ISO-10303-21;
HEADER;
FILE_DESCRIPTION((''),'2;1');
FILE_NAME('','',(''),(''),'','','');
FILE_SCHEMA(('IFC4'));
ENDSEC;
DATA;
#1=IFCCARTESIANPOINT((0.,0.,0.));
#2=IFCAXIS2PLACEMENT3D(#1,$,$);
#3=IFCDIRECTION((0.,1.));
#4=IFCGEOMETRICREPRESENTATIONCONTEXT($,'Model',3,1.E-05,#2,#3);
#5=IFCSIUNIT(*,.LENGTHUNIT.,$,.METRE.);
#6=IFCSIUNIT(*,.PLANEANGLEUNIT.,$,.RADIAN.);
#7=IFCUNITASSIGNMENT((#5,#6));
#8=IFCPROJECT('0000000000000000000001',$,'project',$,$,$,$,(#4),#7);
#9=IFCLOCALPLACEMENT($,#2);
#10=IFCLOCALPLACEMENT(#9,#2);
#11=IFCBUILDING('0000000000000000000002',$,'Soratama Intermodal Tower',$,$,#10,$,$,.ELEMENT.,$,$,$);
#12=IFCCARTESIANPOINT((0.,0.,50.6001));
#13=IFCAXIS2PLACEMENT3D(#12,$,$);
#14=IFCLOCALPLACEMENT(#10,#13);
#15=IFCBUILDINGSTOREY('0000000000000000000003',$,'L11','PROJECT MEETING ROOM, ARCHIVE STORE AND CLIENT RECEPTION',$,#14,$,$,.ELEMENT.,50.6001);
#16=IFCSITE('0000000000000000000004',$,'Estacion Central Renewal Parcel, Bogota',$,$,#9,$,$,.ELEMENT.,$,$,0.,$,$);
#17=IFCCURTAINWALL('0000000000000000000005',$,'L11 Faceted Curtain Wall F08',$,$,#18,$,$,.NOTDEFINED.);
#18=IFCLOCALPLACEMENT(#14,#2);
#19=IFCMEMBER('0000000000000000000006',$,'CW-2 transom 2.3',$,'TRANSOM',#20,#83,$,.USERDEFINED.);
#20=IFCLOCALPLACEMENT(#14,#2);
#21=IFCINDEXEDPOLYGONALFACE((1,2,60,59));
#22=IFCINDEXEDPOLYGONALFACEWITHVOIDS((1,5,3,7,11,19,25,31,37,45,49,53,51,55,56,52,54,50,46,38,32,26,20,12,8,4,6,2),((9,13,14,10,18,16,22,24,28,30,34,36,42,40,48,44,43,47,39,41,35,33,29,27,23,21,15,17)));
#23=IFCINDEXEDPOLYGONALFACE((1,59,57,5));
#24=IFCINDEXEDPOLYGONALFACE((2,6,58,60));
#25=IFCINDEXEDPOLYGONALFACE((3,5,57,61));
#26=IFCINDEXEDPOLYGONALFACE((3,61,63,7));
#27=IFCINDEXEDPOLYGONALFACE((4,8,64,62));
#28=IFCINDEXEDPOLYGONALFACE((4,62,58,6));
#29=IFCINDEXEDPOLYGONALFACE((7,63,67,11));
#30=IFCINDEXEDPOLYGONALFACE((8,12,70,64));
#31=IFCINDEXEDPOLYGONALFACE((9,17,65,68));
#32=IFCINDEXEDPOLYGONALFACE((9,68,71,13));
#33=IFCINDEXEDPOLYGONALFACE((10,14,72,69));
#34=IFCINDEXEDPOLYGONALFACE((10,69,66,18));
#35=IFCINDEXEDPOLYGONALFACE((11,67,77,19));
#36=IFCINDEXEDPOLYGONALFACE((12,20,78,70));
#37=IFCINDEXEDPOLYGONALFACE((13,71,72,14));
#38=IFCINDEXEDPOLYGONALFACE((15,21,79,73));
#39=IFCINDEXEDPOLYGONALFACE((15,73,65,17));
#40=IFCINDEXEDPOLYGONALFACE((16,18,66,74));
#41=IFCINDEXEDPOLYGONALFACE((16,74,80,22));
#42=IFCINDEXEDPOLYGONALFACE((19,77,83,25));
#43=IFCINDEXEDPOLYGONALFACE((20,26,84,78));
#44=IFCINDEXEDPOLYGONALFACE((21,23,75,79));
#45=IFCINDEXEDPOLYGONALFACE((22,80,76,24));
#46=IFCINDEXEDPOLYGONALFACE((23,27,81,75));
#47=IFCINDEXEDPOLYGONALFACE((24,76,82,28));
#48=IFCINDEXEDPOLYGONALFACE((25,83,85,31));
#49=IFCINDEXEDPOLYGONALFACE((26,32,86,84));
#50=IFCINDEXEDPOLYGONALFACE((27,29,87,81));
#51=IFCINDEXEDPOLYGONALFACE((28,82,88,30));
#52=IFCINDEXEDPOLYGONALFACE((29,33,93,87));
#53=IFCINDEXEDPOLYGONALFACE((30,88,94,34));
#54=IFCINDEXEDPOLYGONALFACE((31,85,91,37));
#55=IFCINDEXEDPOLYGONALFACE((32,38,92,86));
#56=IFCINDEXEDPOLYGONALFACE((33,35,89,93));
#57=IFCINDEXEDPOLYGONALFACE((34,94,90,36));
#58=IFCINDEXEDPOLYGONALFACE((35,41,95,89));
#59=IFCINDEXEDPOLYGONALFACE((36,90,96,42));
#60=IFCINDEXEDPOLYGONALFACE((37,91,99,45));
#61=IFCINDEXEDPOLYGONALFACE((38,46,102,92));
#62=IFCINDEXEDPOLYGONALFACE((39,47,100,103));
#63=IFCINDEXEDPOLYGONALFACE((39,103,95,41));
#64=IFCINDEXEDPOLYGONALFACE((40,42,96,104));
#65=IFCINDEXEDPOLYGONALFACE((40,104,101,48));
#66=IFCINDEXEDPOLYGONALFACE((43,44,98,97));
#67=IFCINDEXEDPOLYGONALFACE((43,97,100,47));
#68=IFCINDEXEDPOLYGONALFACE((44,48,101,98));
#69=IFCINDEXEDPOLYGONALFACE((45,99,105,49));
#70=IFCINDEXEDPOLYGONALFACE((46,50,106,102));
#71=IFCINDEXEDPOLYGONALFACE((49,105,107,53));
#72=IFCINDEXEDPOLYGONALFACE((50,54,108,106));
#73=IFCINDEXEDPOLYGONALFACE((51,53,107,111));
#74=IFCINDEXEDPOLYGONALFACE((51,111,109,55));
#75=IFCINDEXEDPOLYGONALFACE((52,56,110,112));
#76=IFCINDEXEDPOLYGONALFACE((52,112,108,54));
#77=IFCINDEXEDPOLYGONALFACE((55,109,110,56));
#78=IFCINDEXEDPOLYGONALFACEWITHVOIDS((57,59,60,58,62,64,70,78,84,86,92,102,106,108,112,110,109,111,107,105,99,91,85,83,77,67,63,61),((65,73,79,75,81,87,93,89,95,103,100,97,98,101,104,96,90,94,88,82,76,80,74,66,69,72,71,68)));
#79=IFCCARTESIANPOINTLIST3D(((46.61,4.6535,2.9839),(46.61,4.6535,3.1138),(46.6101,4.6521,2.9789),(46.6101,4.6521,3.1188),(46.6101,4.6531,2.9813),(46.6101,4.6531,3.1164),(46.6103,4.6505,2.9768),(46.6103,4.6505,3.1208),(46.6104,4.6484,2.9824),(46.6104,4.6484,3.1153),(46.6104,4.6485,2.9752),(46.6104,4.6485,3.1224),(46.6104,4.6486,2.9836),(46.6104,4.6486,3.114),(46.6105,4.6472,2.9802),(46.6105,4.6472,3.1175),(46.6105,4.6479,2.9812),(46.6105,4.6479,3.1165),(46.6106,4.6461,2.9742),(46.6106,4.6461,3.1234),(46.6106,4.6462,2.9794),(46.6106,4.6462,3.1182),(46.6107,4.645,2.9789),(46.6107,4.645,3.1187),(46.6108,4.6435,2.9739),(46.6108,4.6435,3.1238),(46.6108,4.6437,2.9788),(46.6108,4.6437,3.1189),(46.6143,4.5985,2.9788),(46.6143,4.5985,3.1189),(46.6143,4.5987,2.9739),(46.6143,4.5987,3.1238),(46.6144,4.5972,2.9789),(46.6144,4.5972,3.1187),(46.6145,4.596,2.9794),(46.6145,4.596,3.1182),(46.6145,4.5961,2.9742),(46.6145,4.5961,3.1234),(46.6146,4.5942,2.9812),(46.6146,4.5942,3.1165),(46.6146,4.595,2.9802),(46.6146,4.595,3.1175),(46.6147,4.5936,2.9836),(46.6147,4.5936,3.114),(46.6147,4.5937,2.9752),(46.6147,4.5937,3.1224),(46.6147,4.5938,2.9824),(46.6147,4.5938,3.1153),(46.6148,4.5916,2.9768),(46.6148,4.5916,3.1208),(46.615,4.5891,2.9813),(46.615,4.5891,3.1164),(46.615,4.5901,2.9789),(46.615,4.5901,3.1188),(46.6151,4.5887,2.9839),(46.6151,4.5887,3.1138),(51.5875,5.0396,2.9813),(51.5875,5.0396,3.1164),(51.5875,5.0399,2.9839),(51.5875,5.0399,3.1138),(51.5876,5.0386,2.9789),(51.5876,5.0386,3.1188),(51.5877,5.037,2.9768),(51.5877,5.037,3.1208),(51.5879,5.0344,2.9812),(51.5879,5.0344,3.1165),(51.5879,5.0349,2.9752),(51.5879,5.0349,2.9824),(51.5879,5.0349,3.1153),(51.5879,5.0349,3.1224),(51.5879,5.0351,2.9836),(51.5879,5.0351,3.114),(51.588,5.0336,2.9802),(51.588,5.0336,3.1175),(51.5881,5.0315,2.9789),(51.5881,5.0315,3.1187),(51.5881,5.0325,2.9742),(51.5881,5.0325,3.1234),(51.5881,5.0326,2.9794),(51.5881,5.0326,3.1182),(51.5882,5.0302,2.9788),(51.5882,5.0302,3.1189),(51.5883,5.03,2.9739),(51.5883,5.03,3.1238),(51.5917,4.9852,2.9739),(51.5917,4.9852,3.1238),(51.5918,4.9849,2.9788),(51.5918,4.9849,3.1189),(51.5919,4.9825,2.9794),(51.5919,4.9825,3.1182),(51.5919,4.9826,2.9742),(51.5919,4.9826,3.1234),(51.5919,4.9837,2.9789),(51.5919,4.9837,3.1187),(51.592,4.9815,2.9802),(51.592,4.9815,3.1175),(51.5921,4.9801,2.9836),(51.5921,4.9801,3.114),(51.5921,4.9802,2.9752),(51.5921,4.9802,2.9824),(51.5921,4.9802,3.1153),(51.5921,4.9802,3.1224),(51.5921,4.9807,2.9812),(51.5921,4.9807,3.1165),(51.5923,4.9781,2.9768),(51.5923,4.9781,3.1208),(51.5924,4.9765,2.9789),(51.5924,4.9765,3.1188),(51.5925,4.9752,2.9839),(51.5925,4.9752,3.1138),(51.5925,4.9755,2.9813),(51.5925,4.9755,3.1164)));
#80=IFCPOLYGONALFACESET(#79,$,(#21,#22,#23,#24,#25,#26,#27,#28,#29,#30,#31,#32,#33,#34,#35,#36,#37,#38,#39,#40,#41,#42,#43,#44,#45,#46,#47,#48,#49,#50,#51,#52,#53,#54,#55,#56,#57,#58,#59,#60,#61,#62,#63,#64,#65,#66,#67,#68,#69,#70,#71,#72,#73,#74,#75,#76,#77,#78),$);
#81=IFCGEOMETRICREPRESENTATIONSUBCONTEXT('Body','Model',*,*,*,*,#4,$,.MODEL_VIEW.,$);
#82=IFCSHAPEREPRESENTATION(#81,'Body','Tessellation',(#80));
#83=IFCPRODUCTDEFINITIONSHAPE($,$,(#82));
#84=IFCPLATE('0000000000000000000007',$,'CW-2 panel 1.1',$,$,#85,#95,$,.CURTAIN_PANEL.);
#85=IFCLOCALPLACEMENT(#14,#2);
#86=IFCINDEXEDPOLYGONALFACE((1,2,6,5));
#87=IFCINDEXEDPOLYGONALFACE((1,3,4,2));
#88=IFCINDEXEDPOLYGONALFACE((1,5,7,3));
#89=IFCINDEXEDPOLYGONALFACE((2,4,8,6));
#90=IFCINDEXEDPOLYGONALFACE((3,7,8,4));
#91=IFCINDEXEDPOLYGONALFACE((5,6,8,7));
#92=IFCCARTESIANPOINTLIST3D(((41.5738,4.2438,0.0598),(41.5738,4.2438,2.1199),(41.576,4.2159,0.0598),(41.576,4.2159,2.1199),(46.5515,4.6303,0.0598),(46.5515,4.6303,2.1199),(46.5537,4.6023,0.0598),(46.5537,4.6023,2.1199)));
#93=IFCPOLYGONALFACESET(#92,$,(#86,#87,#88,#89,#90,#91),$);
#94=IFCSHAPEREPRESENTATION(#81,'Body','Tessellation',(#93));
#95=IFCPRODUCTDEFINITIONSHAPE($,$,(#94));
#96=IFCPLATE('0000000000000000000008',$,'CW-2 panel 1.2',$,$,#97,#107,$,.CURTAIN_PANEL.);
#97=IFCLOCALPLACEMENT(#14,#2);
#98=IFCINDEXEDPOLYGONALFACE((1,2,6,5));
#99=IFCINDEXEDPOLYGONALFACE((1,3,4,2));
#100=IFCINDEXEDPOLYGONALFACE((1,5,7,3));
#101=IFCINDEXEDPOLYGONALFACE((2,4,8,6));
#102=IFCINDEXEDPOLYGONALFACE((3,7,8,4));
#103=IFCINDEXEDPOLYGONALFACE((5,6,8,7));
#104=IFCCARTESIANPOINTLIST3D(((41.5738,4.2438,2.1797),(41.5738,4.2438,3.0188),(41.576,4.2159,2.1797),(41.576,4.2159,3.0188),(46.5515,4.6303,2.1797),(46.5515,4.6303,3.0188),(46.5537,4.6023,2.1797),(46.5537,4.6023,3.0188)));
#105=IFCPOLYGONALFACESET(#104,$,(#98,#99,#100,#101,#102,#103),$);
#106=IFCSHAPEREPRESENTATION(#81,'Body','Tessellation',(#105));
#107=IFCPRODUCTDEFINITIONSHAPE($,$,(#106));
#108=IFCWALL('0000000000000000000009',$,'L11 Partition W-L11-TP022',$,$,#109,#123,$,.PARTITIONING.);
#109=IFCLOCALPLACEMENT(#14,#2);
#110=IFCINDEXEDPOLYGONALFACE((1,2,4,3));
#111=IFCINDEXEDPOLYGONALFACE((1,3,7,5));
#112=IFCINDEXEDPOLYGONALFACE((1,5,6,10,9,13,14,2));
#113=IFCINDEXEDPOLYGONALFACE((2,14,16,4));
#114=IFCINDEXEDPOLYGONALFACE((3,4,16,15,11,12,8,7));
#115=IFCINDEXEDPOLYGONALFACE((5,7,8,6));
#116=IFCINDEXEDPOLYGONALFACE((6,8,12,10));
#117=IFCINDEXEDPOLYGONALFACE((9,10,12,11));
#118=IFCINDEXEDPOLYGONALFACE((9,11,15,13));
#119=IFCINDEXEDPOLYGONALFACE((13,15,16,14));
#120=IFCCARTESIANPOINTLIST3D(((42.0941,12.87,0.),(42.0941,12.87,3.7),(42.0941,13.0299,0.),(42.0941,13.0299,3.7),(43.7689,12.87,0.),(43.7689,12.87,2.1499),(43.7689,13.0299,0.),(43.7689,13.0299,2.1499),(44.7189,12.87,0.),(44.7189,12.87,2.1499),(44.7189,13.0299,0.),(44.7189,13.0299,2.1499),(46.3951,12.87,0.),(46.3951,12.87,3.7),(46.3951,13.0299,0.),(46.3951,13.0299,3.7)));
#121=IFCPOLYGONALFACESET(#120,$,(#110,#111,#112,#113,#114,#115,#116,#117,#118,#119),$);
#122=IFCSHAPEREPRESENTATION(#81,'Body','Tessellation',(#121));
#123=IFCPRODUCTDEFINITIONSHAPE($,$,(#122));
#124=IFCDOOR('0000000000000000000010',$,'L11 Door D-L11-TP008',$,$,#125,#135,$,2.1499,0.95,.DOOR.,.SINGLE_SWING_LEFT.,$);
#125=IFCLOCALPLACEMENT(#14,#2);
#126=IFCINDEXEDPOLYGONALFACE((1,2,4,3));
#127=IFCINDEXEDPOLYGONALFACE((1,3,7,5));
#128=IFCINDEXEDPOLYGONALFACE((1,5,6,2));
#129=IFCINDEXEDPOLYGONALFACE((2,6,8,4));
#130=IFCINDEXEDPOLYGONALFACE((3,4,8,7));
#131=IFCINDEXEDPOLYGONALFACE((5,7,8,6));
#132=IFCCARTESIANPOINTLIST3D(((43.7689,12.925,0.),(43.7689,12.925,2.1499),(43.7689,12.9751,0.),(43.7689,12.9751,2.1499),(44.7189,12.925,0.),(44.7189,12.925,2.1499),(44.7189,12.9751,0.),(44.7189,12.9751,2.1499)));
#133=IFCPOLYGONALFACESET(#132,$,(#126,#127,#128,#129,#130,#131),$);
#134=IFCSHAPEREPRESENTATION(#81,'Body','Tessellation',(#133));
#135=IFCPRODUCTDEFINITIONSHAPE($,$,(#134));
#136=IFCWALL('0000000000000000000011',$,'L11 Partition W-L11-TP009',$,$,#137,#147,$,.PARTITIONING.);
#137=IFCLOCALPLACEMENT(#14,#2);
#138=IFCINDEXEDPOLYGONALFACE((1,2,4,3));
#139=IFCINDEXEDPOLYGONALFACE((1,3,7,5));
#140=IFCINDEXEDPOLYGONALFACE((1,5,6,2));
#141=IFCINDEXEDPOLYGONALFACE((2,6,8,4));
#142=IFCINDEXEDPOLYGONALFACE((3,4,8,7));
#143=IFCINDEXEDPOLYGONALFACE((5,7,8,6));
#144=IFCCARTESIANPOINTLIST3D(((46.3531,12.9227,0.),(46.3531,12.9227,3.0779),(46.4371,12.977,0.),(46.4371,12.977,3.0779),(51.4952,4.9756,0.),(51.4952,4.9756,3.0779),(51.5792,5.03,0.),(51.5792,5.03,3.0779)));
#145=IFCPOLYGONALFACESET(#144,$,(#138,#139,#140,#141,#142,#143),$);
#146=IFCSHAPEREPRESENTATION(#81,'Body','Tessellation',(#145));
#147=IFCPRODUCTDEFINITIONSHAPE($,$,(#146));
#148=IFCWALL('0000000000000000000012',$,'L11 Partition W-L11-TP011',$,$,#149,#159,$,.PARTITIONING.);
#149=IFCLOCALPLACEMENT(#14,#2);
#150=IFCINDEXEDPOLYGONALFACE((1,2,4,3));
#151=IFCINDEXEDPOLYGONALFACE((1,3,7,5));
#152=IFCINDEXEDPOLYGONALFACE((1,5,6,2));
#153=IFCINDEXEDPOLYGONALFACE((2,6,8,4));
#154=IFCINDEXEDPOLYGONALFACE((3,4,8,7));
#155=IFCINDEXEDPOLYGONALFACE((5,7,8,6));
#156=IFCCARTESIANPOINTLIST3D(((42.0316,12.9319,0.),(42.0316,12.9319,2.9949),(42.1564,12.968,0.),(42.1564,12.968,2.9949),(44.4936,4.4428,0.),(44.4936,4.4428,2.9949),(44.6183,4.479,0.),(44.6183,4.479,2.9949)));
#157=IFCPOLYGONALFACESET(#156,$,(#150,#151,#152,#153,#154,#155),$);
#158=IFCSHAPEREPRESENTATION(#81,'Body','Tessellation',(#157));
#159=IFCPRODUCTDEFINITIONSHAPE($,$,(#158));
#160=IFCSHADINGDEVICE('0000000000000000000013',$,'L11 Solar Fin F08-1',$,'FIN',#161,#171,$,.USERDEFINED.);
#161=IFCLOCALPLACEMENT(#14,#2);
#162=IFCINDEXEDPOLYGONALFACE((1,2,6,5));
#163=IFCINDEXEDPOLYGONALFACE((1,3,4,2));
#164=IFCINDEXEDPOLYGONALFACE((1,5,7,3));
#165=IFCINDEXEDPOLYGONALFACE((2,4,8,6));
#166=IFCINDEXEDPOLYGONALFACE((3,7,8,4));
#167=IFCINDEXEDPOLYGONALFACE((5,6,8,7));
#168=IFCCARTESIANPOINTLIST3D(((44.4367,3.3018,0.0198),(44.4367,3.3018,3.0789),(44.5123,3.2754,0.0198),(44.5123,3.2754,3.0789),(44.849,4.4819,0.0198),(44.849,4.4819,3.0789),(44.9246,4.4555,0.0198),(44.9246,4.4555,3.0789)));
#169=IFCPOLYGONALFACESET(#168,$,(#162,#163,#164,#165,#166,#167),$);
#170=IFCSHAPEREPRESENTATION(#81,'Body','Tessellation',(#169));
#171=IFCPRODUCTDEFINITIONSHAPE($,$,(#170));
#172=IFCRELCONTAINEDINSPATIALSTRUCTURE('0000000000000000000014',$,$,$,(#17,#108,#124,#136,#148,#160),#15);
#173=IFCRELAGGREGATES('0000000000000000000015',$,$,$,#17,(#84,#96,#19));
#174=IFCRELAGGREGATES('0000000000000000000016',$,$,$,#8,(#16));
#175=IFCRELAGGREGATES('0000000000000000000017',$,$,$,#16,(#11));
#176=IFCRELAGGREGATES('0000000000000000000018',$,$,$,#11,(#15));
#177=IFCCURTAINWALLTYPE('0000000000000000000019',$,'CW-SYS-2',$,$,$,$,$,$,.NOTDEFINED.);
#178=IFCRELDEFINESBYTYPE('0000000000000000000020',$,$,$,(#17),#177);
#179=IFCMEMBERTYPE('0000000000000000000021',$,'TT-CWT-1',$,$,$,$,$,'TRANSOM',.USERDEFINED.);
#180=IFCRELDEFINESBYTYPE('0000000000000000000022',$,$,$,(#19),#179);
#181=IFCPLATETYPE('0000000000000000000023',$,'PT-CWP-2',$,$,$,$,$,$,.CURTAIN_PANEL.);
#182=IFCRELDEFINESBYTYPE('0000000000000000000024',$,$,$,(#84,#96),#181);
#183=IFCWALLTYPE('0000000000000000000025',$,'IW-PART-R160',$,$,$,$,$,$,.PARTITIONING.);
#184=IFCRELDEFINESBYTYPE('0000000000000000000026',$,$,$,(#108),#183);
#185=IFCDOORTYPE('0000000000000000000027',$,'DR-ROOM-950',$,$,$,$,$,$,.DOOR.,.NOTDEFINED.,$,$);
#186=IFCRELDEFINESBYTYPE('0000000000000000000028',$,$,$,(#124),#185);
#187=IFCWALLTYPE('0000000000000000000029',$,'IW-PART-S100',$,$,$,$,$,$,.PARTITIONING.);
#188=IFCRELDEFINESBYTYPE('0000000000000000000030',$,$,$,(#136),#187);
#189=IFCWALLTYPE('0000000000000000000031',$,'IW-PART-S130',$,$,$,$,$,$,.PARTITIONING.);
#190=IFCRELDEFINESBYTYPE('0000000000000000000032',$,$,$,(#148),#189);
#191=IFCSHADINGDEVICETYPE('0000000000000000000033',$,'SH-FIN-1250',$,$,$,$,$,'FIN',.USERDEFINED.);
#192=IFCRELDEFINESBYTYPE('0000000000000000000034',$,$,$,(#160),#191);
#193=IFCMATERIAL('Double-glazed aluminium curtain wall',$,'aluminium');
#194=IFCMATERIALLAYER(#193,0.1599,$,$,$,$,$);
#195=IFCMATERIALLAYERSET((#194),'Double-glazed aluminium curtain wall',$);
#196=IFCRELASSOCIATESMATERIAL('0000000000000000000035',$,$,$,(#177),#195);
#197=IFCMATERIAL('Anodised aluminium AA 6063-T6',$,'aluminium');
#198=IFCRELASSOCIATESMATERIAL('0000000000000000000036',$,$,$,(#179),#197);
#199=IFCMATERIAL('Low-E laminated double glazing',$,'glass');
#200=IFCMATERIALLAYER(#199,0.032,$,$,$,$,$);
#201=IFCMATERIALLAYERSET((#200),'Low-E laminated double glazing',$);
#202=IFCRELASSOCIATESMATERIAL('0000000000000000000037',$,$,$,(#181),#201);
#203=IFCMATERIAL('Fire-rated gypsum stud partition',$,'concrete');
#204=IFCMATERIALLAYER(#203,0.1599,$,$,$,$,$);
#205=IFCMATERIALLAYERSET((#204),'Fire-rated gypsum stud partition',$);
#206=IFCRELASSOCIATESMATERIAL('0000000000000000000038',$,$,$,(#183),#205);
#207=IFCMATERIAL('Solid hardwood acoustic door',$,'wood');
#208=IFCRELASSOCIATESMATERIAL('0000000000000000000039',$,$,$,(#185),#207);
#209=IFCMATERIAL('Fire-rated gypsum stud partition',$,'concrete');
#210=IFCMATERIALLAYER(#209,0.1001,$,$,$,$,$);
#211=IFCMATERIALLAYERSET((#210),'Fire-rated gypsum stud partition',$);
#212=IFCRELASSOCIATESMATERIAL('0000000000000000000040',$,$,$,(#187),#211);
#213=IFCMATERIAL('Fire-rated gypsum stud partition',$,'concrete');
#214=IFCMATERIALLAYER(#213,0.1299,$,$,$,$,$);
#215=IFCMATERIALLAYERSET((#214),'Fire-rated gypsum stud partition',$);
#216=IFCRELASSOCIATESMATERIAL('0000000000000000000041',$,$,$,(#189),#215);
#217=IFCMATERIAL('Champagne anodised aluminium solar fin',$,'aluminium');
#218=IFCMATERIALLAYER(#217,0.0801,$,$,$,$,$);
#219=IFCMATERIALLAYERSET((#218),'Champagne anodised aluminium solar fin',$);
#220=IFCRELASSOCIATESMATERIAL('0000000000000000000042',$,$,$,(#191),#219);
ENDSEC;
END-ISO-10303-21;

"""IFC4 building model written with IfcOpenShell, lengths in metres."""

from ifc_helpers import new_model, si_unit, direction, frame, frame_2d, origin, origin_2d, place, context, subcontext, project, spatial, rectangle, hollow_rectangle, extrude, material, layer, layer_set, material_profile, profile_set, type_object, element, fill, aggregate, save


model = new_model("IFC4")

# Units and contexts
model_context = context("Model", 3, precision=1e-05, world=origin(), true_north=direction((0.0, 1.0)))
body_context = subcontext(model_context, "Body", "Model", "MODEL_VIEW")
ifc_project = project(units=[si_unit("LENGTHUNIT", "METRE"), si_unit("PLANEANGLEUNIT", "RADIAN")], contexts=[model_context])

# Site, building, storey
site_placement = place(None, origin())
site = spatial("IfcSite", under=ifc_project, at=site_placement, Name="Estacion Central Renewal Parcel, Bogota", CompositionType="ELEMENT", RefElevation=0.0)
building_placement = place(site_placement, origin())
building = spatial("IfcBuilding", under=site, at=building_placement, Name="Soratama Intermodal Tower", CompositionType="ELEMENT")
storey_placement = place(building_placement, frame((0.0, 0.0, 50.6001)))
storey = spatial("IfcBuildingStorey", under=building, at=storey_placement, Name="L11", Description="PROJECT MEETING ROOM, ARCHIVE STORE AND CLIENT RECEPTION", CompositionType="ELEMENT", Elevation=50.6001)

# Curtain wall, member, plates
ifc_material_1 = material(Name="Double-glazed aluminium curtain wall", Category="aluminium")
ifc_layer_1 = layer(ifc_material_1, 0.1599)
ifc_layer_set_1 = layer_set([ifc_layer_1], Name="Double-glazed aluminium curtain wall")
curtain_wall_type = type_object("IfcCurtainWallType", Name="CW-SYS-2", PredefinedType="NOTDEFINED", material=ifc_layer_set_1)
curtain_wall_placement = place(storey_placement, origin())
curtain_wall = element("IfcCurtainWall", 1, at=curtain_wall_placement, inside=storey, type_object=curtain_wall_type, Name="L11 Faceted Curtain Wall F08", PredefinedType="NOTDEFINED")
ifc_material_2 = material(Name="Anodised aluminium AA 6063-T6", Category="aluminium")
ifc_material_profile_1 = material_profile(ifc_material_2, hollow_rectangle(XDim=0.0649, YDim=0.1499, WallThickness=0.0049, InnerFilletRadius=0.0049, OuterFilletRadius=0.01, at=origin_2d()), Name="CWT150X65X5")
ifc_profile_set_1 = profile_set([ifc_material_profile_1], Name="Anodised aluminium AA 6063-T6")
member_type_1 = type_object("IfcMemberType", Name="TT-CWT-1", ElementType="TRANSOM", PredefinedType="USERDEFINED", material=ifc_profile_set_1)
member_1_placement = place(storey_placement, frame((46.6125, 4.6211, 3.0488), z_axis=(0.996999, 0.077411, 0.0), x_axis=(-0.077411, 0.996999, 0.0)))
member_1 = element("IfcMember", 2, at=member_1_placement, type_object=member_type_1, Name="CW-2 transom 2.3", ObjectType="TRANSOM", PredefinedType="USERDEFINED", context=body_context, shape_type="SweptSolid", body=[
    extrude(hollow_rectangle(XDim=0.0649, YDim=0.1499, WallThickness=0.0049, InnerFilletRadius=0.0049, OuterFilletRadius=0.01, at=origin_2d()), origin(), (0.0, 0.0, 1.0), 4.9924),
])
ifc_material_3 = material(Name="Low-E laminated double glazing", Category="glass")
ifc_layer_2 = layer(ifc_material_3, 0.032)
ifc_layer_set_2 = layer_set([ifc_layer_2], Name="Low-E laminated double glazing")
plate_type = type_object("IfcPlateType", Name="PT-CWP-2", PredefinedType="CURTAIN_PANEL", material=ifc_layer_set_2)
plate_1_placement = place(storey_placement, frame((44.0637, 4.4231, 0.0598), z_axis=(0.0, 0.0, 1.0), x_axis=(0.996999, 0.077411, 0.0)))
plate_1 = element("IfcPlate", 3, at=plate_1_placement, type_object=plate_type, Name="CW-2 panel 1.1", PredefinedType="CURTAIN_PANEL", context=body_context, shape_type="SweptSolid", body=[
    extrude(rectangle(XDim=4.9927, YDim=0.0281, at=origin_2d()), origin(), (0.0, 0.0, 1.0), 2.0601),
])
plate_2_placement = place(storey_placement, frame((44.0637, 4.4231, 2.1797), z_axis=(0.0, 0.0, 1.0), x_axis=(0.996999, 0.077411, 0.0)))
plate_2 = element("IfcPlate", 4, at=plate_2_placement, type_object=plate_type, Name="CW-2 panel 1.2", PredefinedType="CURTAIN_PANEL", context=body_context, shape_type="SweptSolid", body=[
    extrude(rectangle(XDim=4.9927, YDim=0.0281, at=origin_2d()), origin(), (0.0, 0.0, 1.0), 0.8391),
])
aggregate(curtain_wall, [plate_1, plate_2, member_1])

# Wall, opening, door
ifc_material_4 = material(Name="Fire-rated gypsum stud partition", Category="concrete")
ifc_layer_3 = layer(ifc_material_4, 0.1599)
ifc_layer_set_3 = layer_set([ifc_layer_3], Name="Fire-rated gypsum stud partition")
wall_type_1 = type_object("IfcWallType", Name="IW-PART-R160", PredefinedType="PARTITIONING", material=ifc_layer_set_3)
wall_1_placement = place(storey_placement, frame((46.395, 12.95, 0.0), z_axis=(0.0, 0.0, 1.0), x_axis=(-1.0, 0.0, 0.0)))
wall_1 = element("IfcWall", 5, at=wall_1_placement, inside=storey, type_object=wall_type_1, Name="L11 Partition W-L11-TP022", PredefinedType="PARTITIONING", context=body_context, shape_type="SweptSolid", body=[
    extrude(rectangle(XDim=4.301, YDim=0.1599, at=frame_2d((2.1504, 0.0))), origin(), (0.0, 0.0, 1.0), 3.7),
])
opening_1_placement = place(wall_1_placement, frame((1.676, 0.0, 0.0)))
opening_1 = element("IfcOpeningElement", 6, at=opening_1_placement, cuts=wall_1, PredefinedType="OPENING", context=body_context, shape_type="SweptSolid", body=[
    extrude(rectangle(XDim=0.95, YDim=2.1499, at=frame_2d((0.4751, 1.075))), frame((0.0, 0.0898, 0.0), z_axis=(0.0, -1.0, 0.0), x_axis=(1.0, 0.0, 0.0)), (0.0, 0.0, 1.0), 0.1799),
])
ifc_material_5 = material(Name="Solid hardwood acoustic door", Category="wood")
door_type = type_object("IfcDoorType", Name="DR-ROOM-950", OperationType="NOTDEFINED", PredefinedType="DOOR", material=ifc_material_5)
door_1_placement = place(opening_1_placement, origin())
door_1 = element("IfcDoor", 7, at=door_1_placement, inside=storey, type_object=door_type, Name="L11 Door D-L11-TP008", OperationType="SINGLE_SWING_LEFT", OverallHeight=2.1499, OverallWidth=0.95, PredefinedType="DOOR", context=body_context, shape_type="SweptSolid", body=[
    extrude(rectangle(XDim=0.95, YDim=2.1499, at=frame_2d((0.4751, 1.075))), frame((0.0, 0.0249, 0.0), z_axis=(0.0, -1.0, 0.0), x_axis=(1.0, 0.0, 0.0)), (0.0, 0.0, 1.0), 0.05),
])
fill(opening_1, door_1)

# Walls
ifc_material_6 = material(Name="Fire-rated gypsum stud partition", Category="concrete")
ifc_layer_4 = layer(ifc_material_6, 0.1001)
ifc_layer_set_4 = layer_set([ifc_layer_4], Name="Fire-rated gypsum stud partition")
wall_type_2 = type_object("IfcWallType", Name="IW-PART-S100", PredefinedType="PARTITIONING", material=ifc_layer_set_4)
wall_2_placement = place(storey_placement, frame((46.395, 12.95, 0.0), z_axis=(0.0, 0.0, 1.0), x_axis=(0.543244, -0.839575, 0.0)))
element("IfcWall", 8, at=wall_2_placement, inside=storey, type_object=wall_type_2, Name="L11 Partition W-L11-TP009", PredefinedType="PARTITIONING", context=body_context, shape_type="SweptSolid", body=[
    extrude(rectangle(XDim=9.4656, YDim=0.1001, at=frame_2d((4.7329, 0.0))), origin(), (0.0, 0.0, 1.0), 3.0779),
])
ifc_material_7 = material(Name="Fire-rated gypsum stud partition", Category="concrete")
ifc_layer_5 = layer(ifc_material_7, 0.1299)
ifc_layer_set_5 = layer_set([ifc_layer_5], Name="Fire-rated gypsum stud partition")
wall_type_3 = type_object("IfcWallType", Name="IW-PART-S130", PredefinedType="PARTITIONING", material=ifc_layer_set_5)
wall_3_placement = place(storey_placement, frame((42.094, 12.95, 0.0), z_axis=(0.0, 0.0, 1.0), x_axis=(0.278535, -0.960426, 0.0)))
element("IfcWall", 9, at=wall_3_placement, inside=storey, type_object=wall_type_3, Name="L11 Partition W-L11-TP011", PredefinedType="PARTITIONING", context=body_context, shape_type="SweptSolid", body=[
    extrude(rectangle(XDim=8.8389, YDim=0.1299, at=frame_2d((4.4194, 0.0))), origin(), (0.0, 0.0, 1.0), 2.9949),
])

# Shading device
ifc_material_8 = material(Name="Champagne anodised aluminium solar fin", Category="aluminium")
ifc_layer_6 = layer(ifc_material_8, 0.0801)
ifc_layer_set_6 = layer_set([ifc_layer_6], Name="Champagne anodised aluminium solar fin")
shading_device_type = type_object("IfcShadingDeviceType", Name="SH-FIN-1250", ElementType="FIN", PredefinedType="USERDEFINED", material=ifc_layer_set_6)
shading_device_placement = place(storey_placement, frame((44.6807, 3.8787, 0.0198), z_axis=(0.0, 0.0, 1.0), x_axis=(-0.329855, -0.944031, 0.0)))
element("IfcShadingDevice", 10, at=shading_device_placement, inside=storey, type_object=shading_device_type, Name="L11 Solar Fin F08-1", ObjectType="FIN", PredefinedType="USERDEFINED", context=body_context, shape_type="SweptSolid", body=[
    extrude(rectangle(XDim=1.25, YDim=0.0801, at=origin_2d()), origin(), (0.0, 0.0, 1.0), 3.0591),
])

save(model, "model.ifc")
